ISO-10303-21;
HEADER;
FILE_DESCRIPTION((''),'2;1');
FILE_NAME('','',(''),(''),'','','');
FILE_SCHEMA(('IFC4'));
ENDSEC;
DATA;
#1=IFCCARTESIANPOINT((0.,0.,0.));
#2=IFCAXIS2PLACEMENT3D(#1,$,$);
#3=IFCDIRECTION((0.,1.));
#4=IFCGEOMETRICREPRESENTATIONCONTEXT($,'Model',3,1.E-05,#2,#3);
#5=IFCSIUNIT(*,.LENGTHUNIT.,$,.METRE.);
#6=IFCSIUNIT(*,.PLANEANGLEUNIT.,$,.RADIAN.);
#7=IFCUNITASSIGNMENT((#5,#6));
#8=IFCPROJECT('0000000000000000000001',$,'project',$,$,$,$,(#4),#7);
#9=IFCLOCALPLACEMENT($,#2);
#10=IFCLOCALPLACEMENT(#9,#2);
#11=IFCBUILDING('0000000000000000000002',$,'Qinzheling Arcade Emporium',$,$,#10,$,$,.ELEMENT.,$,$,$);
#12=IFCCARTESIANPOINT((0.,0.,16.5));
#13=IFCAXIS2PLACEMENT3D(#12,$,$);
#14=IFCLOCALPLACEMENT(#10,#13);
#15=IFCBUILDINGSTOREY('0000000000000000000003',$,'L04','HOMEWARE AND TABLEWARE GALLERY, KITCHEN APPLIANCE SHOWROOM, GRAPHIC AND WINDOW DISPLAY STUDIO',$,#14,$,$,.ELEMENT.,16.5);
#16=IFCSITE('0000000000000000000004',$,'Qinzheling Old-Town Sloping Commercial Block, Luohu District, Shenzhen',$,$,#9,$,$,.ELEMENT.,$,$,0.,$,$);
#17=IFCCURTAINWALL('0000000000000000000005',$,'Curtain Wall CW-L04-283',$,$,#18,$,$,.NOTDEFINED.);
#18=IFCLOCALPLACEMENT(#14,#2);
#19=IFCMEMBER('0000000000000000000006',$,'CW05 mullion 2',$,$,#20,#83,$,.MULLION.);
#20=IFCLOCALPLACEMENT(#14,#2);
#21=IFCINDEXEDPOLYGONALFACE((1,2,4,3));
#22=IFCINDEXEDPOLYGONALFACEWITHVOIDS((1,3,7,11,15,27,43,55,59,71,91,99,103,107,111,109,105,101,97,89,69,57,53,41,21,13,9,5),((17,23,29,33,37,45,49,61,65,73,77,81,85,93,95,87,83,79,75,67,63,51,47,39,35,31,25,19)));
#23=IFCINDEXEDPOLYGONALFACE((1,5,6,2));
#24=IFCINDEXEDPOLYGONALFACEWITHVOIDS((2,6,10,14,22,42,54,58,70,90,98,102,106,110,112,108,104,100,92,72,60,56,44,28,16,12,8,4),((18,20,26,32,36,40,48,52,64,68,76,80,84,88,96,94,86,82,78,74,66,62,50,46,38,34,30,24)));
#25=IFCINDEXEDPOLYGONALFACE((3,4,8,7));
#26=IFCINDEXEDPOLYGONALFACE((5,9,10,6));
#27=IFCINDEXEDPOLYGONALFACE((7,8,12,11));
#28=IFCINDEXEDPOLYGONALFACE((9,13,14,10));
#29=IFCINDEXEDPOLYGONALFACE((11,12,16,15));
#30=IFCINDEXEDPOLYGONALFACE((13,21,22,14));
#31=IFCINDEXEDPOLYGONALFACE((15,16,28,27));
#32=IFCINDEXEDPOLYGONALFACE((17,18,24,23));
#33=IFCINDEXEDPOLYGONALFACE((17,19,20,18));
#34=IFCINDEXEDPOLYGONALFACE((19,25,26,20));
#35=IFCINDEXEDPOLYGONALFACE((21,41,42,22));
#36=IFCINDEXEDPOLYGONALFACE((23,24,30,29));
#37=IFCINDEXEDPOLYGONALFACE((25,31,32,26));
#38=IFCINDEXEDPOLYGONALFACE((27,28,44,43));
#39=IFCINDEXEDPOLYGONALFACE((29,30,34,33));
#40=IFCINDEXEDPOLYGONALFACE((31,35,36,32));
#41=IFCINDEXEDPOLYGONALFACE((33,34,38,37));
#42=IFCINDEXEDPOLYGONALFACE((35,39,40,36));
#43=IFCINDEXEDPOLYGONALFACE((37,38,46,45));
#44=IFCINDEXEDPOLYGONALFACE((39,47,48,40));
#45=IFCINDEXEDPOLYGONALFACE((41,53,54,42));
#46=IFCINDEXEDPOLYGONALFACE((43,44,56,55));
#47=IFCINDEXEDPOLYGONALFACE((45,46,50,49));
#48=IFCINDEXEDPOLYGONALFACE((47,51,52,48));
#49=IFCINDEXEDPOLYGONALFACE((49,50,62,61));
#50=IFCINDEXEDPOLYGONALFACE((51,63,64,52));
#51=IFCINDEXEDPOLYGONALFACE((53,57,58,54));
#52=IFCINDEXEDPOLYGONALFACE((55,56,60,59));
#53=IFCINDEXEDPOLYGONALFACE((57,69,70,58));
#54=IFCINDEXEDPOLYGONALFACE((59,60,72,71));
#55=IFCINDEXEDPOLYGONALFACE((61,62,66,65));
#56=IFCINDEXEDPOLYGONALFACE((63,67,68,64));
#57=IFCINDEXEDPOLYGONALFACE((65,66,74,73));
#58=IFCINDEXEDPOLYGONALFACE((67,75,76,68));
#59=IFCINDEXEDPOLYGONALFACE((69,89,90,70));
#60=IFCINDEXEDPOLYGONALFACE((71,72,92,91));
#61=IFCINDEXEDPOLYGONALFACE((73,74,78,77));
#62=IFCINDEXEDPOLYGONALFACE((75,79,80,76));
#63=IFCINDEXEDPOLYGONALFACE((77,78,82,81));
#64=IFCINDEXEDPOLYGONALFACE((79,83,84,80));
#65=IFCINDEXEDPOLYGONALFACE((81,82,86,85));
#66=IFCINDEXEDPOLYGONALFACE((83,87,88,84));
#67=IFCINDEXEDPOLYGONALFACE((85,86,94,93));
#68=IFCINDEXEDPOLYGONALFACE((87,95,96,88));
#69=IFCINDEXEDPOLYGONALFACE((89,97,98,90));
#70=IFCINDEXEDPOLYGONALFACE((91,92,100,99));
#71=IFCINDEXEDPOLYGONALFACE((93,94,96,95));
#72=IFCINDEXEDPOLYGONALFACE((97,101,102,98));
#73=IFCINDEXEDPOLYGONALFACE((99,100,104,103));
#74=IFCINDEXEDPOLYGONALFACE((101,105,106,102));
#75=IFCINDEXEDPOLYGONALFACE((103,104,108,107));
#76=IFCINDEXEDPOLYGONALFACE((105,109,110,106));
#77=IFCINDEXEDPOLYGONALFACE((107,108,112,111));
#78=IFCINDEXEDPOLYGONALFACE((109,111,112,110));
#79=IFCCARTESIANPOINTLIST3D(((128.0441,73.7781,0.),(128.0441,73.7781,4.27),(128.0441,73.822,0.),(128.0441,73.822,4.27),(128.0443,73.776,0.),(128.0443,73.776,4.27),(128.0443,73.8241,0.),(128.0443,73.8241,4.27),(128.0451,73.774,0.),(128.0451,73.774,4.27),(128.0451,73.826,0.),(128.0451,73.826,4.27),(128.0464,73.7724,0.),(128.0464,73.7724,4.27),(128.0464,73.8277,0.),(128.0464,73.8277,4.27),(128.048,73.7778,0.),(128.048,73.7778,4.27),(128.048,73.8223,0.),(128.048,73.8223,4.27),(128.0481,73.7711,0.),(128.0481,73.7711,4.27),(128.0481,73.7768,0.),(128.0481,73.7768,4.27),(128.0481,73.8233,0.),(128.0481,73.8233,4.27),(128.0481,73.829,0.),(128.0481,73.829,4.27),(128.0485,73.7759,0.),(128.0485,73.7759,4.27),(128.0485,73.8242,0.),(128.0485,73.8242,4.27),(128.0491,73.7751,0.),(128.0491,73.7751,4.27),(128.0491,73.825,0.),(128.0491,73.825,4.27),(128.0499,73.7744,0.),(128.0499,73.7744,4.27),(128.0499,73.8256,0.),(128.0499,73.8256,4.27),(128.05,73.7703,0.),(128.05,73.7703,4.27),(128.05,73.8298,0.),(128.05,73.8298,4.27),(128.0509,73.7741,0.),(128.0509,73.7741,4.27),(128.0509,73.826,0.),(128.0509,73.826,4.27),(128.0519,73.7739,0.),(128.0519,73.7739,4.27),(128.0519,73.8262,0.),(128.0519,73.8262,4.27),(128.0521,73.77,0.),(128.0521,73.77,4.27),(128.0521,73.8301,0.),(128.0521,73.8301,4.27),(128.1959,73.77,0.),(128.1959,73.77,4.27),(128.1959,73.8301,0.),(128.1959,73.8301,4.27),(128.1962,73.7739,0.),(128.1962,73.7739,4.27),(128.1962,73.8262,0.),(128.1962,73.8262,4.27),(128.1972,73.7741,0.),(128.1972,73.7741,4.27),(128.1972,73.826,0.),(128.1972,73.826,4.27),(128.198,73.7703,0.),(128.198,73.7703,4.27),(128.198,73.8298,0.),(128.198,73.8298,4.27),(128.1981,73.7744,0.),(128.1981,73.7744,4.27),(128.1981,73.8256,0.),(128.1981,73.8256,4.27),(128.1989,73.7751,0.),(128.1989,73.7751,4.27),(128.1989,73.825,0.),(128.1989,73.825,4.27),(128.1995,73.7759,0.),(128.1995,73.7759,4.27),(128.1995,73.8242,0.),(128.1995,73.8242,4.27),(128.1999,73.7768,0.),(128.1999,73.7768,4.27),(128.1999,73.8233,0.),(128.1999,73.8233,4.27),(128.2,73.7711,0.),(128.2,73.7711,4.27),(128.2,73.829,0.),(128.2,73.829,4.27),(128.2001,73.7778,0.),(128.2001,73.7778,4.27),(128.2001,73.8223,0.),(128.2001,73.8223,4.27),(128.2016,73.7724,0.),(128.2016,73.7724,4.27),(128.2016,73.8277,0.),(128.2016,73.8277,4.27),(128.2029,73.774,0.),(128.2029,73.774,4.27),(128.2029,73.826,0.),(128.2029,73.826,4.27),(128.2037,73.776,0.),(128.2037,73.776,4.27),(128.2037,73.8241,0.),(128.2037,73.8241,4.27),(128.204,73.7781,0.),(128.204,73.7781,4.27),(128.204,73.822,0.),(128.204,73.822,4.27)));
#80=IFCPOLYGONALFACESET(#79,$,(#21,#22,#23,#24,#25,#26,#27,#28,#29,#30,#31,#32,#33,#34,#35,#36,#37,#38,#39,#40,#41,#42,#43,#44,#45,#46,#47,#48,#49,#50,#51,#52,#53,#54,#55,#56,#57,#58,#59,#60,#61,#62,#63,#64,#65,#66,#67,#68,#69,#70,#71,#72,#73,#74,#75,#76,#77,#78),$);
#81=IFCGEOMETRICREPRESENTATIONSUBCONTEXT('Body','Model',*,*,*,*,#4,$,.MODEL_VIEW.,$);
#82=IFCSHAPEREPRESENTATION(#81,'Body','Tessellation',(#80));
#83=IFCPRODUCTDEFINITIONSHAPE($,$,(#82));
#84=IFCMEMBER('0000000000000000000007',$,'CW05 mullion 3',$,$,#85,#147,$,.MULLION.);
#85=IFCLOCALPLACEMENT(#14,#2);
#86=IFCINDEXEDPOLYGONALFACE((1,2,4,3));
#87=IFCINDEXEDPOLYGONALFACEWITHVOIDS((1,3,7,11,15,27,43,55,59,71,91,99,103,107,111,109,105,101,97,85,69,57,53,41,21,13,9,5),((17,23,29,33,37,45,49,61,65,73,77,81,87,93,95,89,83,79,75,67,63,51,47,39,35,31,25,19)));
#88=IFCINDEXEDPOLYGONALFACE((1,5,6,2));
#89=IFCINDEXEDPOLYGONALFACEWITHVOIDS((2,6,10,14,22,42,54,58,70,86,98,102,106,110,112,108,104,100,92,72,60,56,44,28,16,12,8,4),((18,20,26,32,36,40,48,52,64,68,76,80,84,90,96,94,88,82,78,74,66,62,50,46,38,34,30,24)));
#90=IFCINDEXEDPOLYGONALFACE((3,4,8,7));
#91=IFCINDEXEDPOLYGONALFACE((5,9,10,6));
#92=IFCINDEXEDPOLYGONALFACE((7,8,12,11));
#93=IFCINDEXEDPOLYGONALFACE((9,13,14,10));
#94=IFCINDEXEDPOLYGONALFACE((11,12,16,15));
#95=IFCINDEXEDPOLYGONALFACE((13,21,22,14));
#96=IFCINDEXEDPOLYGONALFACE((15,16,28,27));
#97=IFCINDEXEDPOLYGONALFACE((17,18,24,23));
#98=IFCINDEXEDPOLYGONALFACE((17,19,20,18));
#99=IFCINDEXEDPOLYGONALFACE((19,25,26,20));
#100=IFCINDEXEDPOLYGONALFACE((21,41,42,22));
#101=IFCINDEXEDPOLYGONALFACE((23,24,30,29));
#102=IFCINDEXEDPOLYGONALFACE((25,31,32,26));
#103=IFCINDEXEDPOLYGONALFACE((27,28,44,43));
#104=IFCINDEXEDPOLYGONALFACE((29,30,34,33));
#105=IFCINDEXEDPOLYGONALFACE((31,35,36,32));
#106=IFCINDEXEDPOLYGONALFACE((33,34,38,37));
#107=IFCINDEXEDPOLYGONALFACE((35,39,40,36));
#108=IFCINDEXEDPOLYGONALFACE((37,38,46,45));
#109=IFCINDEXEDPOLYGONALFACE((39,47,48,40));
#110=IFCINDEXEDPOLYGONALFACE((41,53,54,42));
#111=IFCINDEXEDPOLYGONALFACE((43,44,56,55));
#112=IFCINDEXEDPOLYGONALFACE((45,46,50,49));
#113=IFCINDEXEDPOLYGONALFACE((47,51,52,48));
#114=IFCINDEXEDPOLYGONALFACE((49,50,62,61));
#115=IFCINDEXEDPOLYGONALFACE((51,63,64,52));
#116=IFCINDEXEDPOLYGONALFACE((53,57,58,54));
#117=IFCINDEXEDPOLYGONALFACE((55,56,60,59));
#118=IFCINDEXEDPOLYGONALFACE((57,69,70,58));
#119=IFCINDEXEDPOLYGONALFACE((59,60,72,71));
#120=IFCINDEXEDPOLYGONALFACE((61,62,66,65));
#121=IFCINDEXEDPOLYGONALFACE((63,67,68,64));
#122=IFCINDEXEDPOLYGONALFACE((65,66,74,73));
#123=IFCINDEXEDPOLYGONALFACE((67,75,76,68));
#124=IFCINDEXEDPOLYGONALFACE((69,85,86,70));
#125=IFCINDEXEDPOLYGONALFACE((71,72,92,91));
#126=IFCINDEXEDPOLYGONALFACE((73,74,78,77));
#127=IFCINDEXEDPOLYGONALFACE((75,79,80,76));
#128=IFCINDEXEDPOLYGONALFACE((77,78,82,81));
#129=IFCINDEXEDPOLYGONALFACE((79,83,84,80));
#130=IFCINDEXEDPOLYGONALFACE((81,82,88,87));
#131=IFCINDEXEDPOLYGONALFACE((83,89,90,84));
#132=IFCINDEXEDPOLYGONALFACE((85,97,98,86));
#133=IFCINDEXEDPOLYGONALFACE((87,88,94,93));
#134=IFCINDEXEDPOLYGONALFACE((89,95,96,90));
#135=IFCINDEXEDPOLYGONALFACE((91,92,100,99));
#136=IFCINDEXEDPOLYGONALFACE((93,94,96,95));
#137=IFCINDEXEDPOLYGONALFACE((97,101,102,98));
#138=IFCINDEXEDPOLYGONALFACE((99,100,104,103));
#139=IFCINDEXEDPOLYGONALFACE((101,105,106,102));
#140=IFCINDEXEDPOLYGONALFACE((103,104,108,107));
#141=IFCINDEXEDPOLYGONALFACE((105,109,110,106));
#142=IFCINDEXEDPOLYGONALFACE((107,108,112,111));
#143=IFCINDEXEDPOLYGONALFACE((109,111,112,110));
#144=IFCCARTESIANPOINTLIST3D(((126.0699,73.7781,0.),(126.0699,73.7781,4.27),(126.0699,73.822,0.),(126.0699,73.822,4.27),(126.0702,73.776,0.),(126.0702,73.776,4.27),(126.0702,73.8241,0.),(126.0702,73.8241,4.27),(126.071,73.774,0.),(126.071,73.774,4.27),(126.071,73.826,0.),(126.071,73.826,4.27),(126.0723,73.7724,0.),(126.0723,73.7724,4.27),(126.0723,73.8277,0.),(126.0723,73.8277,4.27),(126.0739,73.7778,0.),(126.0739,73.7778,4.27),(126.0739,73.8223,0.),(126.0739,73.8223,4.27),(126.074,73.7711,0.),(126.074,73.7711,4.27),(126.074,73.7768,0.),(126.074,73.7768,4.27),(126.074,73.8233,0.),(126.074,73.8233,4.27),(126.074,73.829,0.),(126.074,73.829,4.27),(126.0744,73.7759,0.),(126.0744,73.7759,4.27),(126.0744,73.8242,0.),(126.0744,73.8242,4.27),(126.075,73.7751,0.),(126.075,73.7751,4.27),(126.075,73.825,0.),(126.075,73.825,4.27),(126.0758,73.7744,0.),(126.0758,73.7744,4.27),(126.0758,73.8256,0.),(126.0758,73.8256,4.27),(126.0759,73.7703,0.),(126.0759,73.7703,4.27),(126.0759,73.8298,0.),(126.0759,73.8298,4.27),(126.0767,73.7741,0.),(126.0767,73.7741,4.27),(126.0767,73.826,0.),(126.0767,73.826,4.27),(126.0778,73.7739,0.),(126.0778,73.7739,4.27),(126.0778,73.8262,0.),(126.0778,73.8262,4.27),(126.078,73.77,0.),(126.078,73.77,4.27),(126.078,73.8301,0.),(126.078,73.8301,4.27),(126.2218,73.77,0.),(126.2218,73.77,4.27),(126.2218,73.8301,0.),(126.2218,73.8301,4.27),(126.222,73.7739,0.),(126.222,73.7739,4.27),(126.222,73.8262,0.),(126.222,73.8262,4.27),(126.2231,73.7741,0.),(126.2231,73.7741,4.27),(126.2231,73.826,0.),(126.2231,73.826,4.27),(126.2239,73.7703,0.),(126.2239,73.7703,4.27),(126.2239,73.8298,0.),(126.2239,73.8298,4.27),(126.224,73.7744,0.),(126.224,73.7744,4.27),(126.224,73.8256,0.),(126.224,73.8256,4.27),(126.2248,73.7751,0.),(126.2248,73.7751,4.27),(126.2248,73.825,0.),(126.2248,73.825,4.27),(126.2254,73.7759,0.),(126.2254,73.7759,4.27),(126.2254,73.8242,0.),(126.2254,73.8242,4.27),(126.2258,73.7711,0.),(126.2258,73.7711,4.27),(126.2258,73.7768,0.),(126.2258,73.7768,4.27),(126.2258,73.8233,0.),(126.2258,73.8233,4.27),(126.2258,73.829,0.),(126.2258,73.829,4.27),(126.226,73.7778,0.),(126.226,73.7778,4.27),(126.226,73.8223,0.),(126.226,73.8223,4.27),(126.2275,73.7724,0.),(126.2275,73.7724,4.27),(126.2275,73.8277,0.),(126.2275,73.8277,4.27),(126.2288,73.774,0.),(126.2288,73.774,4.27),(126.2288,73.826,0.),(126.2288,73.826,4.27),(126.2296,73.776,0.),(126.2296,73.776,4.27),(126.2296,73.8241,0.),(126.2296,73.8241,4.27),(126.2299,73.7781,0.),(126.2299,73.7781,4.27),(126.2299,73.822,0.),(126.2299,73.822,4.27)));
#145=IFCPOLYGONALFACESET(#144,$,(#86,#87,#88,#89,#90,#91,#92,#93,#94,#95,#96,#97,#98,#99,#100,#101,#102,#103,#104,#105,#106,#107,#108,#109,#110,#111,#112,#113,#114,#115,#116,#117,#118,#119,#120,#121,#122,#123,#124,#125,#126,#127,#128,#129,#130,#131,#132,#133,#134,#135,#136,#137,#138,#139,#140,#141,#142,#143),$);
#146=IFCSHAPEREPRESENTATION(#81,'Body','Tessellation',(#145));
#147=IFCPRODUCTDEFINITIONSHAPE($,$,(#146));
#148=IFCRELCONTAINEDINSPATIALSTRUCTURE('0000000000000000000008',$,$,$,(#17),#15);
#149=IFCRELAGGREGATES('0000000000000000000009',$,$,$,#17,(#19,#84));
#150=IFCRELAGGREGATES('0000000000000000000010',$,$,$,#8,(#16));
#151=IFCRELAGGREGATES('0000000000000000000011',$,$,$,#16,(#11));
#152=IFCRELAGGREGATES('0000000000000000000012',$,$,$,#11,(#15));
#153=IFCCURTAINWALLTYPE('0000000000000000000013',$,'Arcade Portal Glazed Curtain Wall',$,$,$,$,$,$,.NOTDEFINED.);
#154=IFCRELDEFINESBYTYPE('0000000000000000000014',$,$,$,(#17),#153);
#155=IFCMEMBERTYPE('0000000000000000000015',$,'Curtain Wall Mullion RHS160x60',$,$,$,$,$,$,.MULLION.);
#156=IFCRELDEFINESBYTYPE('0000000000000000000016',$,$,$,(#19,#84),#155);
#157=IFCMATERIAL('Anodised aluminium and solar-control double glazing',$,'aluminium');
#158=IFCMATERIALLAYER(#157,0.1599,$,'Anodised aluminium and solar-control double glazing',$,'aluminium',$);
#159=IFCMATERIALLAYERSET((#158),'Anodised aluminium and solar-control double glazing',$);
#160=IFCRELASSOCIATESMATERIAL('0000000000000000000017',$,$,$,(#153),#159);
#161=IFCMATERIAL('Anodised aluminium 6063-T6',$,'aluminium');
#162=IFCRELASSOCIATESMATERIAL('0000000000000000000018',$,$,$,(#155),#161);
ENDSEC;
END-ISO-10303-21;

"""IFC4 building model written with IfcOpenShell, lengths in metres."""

from ifc_helpers import new_model, si_unit, direction, frame, origin, origin_2d, place, context, subcontext, project, spatial, hollow_rectangle, extrude, material, layer, layer_set, material_profile, profile_set, type_object, element, aggregate, save


model = new_model("IFC4")

# Units and contexts
model_context = context("Model", 3, precision=1e-05, world=origin(), true_north=direction((0.0, 1.0)))
body_context = subcontext(model_context, "Body", "Model", "MODEL_VIEW")
ifc_project = project(units=[si_unit("LENGTHUNIT", "METRE"), si_unit("PLANEANGLEUNIT", "RADIAN")], contexts=[model_context])

# Site, building, storey
site_placement = place(None, origin())
site = spatial("IfcSite", under=ifc_project, at=site_placement, Name="Qinzheling Old-Town Sloping Commercial Block, Luohu District, Shenzhen", CompositionType="ELEMENT", RefElevation=0.0)
building_placement = place(site_placement, origin())
building = spatial("IfcBuilding", under=site, at=building_placement, Name="Qinzheling Arcade Emporium", CompositionType="ELEMENT")
storey_placement = place(building_placement, frame((0.0, 0.0, 16.5)))
storey = spatial("IfcBuildingStorey", under=building, at=storey_placement, Name="L04", Description="HOMEWARE AND TABLEWARE GALLERY, KITCHEN APPLIANCE SHOWROOM, GRAPHIC AND WINDOW DISPLAY STUDIO", CompositionType="ELEMENT", Elevation=16.5)

# Shared definitions
ifc_material_1 = material(Name="Anodised aluminium and solar-control double glazing", Category="aluminium")
ifc_layer_1 = layer(ifc_material_1, 0.1599, Name="Anodised aluminium and solar-control double glazing", Category="aluminium")
ifc_layer_set_1 = layer_set([ifc_layer_1], Name="Anodised aluminium and solar-control double glazing")
curtain_wall_type = type_object("IfcCurtainWallType", Name="Arcade Portal Glazed Curtain Wall", PredefinedType="NOTDEFINED", material=ifc_layer_set_1)
ifc_material_2 = material(Name="Anodised aluminium 6063-T6", Category="aluminium")
ifc_material_profile_1 = material_profile(ifc_material_2, hollow_rectangle(XDim=0.0601, YDim=0.1599, WallThickness=0.0039, InnerFilletRadius=0.0039, OuterFilletRadius=0.0081, at=origin_2d()), Name="RHS 160x60x4", Category="aluminium")
ifc_profile_set_1 = profile_set([ifc_material_profile_1], Name="Anodised aluminium 6063-T6")
member_type_1 = type_object("IfcMemberType", Name="Curtain Wall Mullion RHS160x60", PredefinedType="MULLION", material=ifc_profile_set_1)

# Curtain wall, members
curtain_wall_1_placement = place(storey_placement, origin())
curtain_wall_1 = element("IfcCurtainWall", 1, at=curtain_wall_1_placement, inside=storey, type_object=curtain_wall_type, Name="Curtain Wall CW-L04-283", PredefinedType="NOTDEFINED")
member_1_placement = place(storey_placement, frame((128.124, 73.8, 0.0), z_axis=(0.0, 0.0, 1.0), x_axis=(0.0, -1.0, 0.0)))
member_1 = element("IfcMember", 2, at=member_1_placement, type_object=member_type_1, Name="CW05 mullion 2", PredefinedType="MULLION", context=body_context, shape_type="SweptSolid", body=[
    extrude(hollow_rectangle(XDim=0.0601, YDim=0.1599, WallThickness=0.0039, InnerFilletRadius=0.0039, OuterFilletRadius=0.0081, at=origin_2d()), origin(), (0.0, 0.0, 1.0), 4.27),
])
member_2_placement = place(storey_placement, frame((126.1499, 73.8, 0.0), z_axis=(0.0, 0.0, 1.0), x_axis=(0.0, -1.0, 0.0)))
member_2 = element("IfcMember", 3, at=member_2_placement, type_object=member_type_1, Name="CW05 mullion 3", PredefinedType="MULLION", context=body_context, shape_type="SweptSolid", body=[
    extrude(hollow_rectangle(XDim=0.0601, YDim=0.1599, WallThickness=0.0039, InnerFilletRadius=0.0039, OuterFilletRadius=0.0081, at=origin_2d()), origin(), (0.0, 0.0, 1.0), 4.27),
])

aggregate(curtain_wall_1, [member_1, member_2])

save(model, "model.ifc")
